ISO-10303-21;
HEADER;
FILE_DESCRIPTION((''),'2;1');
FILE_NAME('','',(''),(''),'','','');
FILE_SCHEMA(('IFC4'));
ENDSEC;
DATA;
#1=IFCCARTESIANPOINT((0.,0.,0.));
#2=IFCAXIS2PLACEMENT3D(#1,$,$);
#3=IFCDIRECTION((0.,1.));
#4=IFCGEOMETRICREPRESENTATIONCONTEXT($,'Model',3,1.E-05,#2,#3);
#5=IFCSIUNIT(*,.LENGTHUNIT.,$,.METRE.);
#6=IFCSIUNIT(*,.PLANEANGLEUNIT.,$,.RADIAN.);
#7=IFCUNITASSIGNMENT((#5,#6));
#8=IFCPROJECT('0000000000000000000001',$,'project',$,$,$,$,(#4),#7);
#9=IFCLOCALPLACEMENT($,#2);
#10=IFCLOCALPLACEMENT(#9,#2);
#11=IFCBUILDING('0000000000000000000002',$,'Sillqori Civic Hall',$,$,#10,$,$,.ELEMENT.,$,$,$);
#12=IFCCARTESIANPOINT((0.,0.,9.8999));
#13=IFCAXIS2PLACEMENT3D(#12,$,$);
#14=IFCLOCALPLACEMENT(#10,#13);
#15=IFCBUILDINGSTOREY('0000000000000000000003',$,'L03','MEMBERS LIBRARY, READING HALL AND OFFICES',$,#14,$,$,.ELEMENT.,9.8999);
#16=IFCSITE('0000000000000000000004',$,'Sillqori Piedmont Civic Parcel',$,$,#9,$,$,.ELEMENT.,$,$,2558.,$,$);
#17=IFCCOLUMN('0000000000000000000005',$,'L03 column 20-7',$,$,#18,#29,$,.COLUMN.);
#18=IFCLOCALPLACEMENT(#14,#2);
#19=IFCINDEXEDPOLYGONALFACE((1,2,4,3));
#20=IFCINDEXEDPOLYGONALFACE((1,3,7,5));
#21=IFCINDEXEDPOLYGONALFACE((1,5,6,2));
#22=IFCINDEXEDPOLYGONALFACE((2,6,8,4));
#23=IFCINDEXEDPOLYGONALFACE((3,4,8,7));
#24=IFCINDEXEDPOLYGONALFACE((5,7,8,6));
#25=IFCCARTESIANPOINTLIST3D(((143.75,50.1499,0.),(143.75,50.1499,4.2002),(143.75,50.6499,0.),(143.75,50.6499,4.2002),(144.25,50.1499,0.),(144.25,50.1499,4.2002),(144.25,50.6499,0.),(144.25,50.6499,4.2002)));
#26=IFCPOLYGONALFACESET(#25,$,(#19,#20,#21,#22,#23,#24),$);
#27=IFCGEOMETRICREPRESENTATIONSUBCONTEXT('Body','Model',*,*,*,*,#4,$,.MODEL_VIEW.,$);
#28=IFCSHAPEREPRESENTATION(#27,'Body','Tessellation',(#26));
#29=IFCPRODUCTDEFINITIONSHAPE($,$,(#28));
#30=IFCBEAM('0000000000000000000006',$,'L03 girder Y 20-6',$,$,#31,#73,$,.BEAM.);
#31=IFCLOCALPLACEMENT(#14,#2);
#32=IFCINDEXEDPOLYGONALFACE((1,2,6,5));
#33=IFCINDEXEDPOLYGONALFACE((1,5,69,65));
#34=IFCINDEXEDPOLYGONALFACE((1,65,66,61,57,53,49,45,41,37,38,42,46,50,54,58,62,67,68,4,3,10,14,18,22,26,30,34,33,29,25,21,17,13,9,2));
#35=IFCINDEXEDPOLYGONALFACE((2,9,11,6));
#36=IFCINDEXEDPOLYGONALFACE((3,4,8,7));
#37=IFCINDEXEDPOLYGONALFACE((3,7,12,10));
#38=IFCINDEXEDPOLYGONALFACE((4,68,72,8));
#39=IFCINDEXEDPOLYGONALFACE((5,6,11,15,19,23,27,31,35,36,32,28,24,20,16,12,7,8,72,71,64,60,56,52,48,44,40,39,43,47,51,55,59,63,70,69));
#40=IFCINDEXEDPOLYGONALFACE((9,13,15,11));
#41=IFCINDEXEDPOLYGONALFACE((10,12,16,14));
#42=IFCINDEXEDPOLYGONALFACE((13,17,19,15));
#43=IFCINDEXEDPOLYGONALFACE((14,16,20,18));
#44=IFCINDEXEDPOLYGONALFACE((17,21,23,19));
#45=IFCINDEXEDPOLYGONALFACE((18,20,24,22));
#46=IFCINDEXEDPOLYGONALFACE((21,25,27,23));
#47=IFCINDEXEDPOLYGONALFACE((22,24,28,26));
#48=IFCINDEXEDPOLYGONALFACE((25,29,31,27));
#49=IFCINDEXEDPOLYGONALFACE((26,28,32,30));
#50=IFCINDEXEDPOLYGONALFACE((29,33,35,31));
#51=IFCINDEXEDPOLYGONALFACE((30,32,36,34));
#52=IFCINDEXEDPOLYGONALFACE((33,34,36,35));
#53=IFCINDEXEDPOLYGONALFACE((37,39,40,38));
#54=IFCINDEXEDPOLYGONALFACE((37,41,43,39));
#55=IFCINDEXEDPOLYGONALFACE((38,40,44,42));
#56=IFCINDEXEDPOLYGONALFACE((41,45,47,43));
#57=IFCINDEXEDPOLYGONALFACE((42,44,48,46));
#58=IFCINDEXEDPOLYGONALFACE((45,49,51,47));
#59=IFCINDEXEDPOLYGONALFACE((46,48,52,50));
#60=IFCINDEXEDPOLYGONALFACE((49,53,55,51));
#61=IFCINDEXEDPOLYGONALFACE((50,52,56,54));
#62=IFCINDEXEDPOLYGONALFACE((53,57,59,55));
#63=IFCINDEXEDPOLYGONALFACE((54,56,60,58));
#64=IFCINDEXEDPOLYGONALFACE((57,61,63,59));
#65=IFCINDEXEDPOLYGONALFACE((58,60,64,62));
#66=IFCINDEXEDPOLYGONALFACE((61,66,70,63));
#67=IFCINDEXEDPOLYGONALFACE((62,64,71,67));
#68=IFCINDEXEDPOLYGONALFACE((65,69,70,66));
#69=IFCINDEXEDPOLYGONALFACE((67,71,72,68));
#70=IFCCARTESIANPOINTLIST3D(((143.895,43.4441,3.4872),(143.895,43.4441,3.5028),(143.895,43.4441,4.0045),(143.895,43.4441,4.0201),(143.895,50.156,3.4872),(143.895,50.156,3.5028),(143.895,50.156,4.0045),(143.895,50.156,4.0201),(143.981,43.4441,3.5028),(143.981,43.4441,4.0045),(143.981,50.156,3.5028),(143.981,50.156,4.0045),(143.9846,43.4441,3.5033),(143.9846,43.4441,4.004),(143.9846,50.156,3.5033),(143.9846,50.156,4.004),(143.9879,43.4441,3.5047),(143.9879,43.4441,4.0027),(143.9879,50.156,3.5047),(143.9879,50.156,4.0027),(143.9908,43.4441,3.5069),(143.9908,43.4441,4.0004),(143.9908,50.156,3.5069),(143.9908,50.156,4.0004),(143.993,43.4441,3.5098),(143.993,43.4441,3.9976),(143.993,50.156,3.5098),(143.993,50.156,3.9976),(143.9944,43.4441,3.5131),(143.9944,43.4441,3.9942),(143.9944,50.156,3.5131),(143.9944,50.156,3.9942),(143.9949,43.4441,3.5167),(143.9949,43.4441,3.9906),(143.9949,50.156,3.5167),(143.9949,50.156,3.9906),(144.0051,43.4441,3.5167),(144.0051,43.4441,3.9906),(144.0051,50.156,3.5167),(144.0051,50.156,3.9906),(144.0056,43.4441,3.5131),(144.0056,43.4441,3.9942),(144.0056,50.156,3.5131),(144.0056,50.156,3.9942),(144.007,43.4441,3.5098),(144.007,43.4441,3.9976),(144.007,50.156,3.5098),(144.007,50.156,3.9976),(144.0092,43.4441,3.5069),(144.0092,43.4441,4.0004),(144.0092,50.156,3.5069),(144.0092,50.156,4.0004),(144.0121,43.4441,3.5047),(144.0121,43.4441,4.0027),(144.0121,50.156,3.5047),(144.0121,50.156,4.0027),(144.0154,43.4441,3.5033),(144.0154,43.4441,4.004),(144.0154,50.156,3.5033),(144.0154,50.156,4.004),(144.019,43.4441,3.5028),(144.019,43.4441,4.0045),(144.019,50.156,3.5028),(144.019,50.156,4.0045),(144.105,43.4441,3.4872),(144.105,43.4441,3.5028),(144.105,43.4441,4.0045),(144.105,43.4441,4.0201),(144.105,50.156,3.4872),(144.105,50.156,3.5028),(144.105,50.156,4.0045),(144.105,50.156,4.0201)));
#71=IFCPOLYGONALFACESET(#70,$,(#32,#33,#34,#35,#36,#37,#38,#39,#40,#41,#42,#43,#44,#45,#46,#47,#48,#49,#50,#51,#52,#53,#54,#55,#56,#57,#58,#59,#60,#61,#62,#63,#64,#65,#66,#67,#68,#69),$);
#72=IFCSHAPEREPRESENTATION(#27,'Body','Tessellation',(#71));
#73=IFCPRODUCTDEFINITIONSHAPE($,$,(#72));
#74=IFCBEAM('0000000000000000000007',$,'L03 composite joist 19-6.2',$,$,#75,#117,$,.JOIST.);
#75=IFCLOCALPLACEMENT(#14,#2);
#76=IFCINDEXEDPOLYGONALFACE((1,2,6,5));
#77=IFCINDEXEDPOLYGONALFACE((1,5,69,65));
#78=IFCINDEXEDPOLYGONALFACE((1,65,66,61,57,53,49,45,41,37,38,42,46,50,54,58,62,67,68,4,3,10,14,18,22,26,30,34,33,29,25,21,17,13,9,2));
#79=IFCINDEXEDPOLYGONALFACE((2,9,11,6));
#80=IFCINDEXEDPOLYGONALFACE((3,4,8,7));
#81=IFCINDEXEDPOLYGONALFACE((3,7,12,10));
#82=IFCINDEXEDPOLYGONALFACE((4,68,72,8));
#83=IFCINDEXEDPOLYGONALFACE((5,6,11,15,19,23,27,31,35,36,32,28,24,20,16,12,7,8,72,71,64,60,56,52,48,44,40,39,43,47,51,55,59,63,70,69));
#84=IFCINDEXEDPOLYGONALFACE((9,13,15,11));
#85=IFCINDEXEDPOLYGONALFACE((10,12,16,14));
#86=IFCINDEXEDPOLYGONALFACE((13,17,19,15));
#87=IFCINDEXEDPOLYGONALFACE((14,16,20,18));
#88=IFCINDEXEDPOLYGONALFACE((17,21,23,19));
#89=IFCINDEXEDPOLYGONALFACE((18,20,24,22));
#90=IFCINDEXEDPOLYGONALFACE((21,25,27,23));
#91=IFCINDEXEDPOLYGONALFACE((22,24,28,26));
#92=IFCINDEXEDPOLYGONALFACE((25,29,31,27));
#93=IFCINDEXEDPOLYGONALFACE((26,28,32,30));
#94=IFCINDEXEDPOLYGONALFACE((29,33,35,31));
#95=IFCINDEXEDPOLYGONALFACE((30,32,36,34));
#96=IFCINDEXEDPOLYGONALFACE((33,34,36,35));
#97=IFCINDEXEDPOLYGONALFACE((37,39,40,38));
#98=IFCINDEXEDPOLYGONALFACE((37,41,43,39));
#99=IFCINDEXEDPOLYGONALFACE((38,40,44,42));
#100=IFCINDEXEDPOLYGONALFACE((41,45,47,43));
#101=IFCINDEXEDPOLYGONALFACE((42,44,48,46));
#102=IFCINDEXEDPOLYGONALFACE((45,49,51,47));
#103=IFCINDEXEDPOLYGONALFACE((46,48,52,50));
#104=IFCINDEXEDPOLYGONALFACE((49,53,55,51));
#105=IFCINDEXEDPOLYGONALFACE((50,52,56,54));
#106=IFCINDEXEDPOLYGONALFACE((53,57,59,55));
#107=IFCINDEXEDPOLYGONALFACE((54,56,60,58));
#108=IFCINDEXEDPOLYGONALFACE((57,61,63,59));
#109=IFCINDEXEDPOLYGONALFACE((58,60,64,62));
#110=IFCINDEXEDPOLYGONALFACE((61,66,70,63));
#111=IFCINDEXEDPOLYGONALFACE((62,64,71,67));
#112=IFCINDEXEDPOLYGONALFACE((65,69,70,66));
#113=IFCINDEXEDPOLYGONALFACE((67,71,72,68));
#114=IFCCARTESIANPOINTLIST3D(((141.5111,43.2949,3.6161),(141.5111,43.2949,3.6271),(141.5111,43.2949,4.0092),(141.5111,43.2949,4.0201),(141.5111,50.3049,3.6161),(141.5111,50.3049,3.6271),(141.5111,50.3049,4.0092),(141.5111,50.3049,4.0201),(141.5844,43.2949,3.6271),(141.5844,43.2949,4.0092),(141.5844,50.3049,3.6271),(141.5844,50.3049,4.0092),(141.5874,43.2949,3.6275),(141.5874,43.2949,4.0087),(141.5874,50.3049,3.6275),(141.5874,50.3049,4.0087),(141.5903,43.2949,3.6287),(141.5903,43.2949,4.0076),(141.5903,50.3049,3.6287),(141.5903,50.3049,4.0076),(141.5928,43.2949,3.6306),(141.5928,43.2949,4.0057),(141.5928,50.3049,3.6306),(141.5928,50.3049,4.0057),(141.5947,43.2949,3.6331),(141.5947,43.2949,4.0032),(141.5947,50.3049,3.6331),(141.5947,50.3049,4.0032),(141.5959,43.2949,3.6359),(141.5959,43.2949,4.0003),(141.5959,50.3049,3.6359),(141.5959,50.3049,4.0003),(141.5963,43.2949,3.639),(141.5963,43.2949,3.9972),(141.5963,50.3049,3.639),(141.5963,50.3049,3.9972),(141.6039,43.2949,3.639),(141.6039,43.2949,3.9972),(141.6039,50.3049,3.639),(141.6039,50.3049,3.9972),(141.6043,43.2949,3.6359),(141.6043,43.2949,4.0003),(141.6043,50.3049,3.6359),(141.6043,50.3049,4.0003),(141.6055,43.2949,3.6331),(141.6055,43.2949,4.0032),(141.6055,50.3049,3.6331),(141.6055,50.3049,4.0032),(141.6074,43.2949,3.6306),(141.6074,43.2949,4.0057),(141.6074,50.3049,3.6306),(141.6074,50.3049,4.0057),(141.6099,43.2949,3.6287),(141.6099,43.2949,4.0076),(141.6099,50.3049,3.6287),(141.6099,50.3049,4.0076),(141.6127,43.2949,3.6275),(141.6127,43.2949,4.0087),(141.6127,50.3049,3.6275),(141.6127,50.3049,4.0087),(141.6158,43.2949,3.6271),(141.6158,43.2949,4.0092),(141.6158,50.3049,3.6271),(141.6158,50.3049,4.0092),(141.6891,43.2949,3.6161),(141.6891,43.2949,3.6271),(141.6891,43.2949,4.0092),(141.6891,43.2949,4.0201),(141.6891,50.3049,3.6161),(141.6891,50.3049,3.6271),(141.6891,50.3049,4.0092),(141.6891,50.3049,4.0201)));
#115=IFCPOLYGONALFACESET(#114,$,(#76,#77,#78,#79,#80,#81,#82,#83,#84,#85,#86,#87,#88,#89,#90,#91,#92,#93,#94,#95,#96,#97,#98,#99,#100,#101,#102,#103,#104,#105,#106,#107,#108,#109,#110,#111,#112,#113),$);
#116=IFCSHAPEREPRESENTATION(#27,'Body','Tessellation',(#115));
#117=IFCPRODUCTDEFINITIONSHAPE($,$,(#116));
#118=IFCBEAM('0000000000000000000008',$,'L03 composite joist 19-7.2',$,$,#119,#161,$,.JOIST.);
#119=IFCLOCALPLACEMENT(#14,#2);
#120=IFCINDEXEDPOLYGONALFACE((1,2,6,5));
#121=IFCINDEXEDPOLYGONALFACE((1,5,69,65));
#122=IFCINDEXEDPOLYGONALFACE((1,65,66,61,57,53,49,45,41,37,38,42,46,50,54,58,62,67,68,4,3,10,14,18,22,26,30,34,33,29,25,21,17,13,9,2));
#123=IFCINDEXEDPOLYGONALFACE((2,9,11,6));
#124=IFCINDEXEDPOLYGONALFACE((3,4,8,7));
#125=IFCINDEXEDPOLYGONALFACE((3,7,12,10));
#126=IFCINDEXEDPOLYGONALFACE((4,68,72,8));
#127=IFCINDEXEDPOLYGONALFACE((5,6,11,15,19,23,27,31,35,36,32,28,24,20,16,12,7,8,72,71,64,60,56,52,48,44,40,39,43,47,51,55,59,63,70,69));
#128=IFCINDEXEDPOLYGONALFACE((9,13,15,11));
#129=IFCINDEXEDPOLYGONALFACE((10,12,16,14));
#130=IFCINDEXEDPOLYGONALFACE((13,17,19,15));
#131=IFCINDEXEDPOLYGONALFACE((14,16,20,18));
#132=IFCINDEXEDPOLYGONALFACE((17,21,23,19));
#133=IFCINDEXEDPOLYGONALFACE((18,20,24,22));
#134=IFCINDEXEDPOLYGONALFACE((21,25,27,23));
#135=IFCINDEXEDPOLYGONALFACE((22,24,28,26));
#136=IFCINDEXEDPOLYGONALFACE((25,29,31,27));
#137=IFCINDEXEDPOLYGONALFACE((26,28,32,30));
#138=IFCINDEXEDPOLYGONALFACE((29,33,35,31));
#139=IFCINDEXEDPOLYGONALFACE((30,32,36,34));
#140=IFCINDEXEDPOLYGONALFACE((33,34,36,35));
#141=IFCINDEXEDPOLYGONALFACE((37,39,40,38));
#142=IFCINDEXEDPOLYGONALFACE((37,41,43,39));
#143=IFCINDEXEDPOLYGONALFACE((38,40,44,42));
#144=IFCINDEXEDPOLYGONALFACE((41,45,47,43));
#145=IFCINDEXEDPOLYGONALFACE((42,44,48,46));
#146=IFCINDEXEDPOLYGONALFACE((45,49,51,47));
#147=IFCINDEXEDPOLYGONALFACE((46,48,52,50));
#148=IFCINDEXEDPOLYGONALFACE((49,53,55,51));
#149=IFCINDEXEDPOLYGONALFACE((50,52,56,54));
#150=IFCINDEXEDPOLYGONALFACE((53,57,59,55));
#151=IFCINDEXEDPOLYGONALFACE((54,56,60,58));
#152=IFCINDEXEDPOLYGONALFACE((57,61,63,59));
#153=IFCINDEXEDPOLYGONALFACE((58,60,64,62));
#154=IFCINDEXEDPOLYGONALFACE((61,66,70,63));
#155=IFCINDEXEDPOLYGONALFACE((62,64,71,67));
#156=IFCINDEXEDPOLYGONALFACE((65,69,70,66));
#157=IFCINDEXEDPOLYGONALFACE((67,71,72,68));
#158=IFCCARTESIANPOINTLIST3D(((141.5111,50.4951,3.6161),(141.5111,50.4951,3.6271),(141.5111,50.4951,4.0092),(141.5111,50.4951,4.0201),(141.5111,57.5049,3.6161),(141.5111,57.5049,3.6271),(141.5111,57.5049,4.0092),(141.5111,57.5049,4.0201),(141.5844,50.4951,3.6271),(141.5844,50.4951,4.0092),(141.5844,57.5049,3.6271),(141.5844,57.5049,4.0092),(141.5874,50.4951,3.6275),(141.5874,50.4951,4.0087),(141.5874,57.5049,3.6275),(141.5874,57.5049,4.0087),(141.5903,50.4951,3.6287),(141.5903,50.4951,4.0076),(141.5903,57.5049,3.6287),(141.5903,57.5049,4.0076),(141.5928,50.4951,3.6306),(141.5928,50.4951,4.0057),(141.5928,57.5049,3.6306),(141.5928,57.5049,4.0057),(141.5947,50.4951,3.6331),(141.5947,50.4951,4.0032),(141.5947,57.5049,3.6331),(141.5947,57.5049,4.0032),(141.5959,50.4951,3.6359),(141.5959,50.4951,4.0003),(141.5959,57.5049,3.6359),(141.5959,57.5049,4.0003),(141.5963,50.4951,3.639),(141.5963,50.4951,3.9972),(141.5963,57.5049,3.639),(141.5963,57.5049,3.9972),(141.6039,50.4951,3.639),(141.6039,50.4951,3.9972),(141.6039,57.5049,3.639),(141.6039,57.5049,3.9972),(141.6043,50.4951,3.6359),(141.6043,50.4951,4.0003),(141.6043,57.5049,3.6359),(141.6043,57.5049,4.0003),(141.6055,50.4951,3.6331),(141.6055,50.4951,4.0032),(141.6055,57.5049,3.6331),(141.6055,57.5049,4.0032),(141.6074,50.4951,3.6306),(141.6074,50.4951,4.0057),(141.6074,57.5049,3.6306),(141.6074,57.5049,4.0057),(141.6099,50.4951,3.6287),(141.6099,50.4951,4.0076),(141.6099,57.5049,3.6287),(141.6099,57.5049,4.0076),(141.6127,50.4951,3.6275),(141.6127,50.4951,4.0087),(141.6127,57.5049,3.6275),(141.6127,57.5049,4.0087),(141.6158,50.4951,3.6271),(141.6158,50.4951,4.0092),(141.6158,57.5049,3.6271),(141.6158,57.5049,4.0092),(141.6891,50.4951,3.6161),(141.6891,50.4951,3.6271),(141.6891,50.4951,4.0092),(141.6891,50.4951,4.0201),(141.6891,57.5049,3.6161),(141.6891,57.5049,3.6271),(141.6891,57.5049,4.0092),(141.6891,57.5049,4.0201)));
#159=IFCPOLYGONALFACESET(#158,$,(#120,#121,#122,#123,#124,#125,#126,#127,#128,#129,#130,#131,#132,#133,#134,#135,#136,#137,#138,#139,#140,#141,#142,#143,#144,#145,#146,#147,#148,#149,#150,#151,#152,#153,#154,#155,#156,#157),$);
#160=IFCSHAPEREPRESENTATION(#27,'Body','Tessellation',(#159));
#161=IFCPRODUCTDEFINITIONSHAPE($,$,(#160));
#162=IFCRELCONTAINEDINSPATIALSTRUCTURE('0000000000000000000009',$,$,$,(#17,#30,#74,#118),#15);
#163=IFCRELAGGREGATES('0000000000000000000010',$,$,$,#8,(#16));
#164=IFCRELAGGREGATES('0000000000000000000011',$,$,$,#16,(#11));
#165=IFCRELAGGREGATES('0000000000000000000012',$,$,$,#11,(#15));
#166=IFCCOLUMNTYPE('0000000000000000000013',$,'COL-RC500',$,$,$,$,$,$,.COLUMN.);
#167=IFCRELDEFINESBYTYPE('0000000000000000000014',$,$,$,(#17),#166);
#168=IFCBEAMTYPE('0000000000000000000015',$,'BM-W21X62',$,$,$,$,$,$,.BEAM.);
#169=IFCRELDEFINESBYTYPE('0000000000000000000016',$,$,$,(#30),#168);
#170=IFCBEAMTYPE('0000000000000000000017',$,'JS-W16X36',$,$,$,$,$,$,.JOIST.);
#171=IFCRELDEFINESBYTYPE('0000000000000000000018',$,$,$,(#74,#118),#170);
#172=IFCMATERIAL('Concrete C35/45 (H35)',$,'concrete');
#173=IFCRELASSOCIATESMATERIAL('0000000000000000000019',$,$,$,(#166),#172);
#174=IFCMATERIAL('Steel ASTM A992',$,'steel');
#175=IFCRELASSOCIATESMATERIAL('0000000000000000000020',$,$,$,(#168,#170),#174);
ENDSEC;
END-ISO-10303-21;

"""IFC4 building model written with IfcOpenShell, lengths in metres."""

from ifc_helpers import new_model, si_unit, direction, frame, origin, origin_2d, place, context, subcontext, project, spatial, rectangle, i_section, extrude, material, material_profile, profile_set, type_object, element, save


model = new_model("IFC4")

# Units and contexts
model_context = context("Model", 3, precision=1e-05, world=origin(), true_north=direction((0.0, 1.0)))
body_context = subcontext(model_context, "Body", "Model", "MODEL_VIEW")
ifc_project = project(units=[si_unit("LENGTHUNIT", "METRE"), si_unit("PLANEANGLEUNIT", "RADIAN")], contexts=[model_context])

# Site, building, storey
site_placement = place(None, origin())
site = spatial("IfcSite", under=ifc_project, at=site_placement, Name="Sillqori Piedmont Civic Parcel", CompositionType="ELEMENT", RefElevation=2558.0)
building_placement = place(site_placement, origin())
building = spatial("IfcBuilding", under=site, at=building_placement, Name="Sillqori Civic Hall", CompositionType="ELEMENT")
storey_placement = place(building_placement, frame((0.0, 0.0, 9.8999)))
storey = spatial("IfcBuildingStorey", under=building, at=storey_placement, Name="L03", Description="MEMBERS LIBRARY, READING HALL AND OFFICES", CompositionType="ELEMENT", Elevation=9.8999)

# Column
ifc_material_1 = material(Name="Concrete C35/45 (H35)", Category="concrete")
ifc_material_profile_1 = material_profile(ifc_material_1, rectangle(XDim=0.5, YDim=0.5, at=origin_2d()), Name="RC 500x500")
ifc_profile_set_1 = profile_set([ifc_material_profile_1], Name="Concrete C35/45 (H35)")
column_type = type_object("IfcColumnType", Name="COL-RC500", PredefinedType="COLUMN", material=ifc_profile_set_1)
column_placement = place(storey_placement, frame((144.0, 50.3999, 0.0), z_axis=(0.0, 0.0, 1.0), x_axis=(1.0, 0.0, 0.0)))
element("IfcColumn", 1, at=column_placement, inside=storey, type_object=column_type, Name="L03 column 20-7", PredefinedType="COLUMN", context=body_context, shape_type="SweptSolid", body=[
    extrude(rectangle(XDim=0.5, YDim=0.5, at=origin_2d()), origin(), (0.0, 0.0, 1.0), 4.2002),
])

# Beam
ifc_material_2 = material(Name="Steel ASTM A992", Category="steel")
ifc_material_profile_2 = material_profile(ifc_material_2, i_section(OverallWidth=0.21, OverallDepth=0.533, WebThickness=0.0103, FlangeThickness=0.0156, FilletRadius=0.0139, at=origin_2d()), Name="W21X62")
ifc_profile_set_2 = profile_set([ifc_material_profile_2], Name="Steel ASTM A992")
beam_type_1 = type_object("IfcBeamType", Name="BM-W21X62", PredefinedType="BEAM", material=ifc_profile_set_2)
beam_1_placement = place(storey_placement, frame((144.0, 43.4441, 3.7537), z_axis=(0.0, 1.0, 0.0), x_axis=(-1.0, 0.0, 0.0)))
element("IfcBeam", 2, at=beam_1_placement, inside=storey, type_object=beam_type_1, Name="L03 girder Y 20-6", PredefinedType="BEAM", context=body_context, shape_type="SweptSolid", body=[
    extrude(i_section(OverallWidth=0.21, OverallDepth=0.533, WebThickness=0.0103, FlangeThickness=0.0156, FilletRadius=0.0139, at=origin_2d()), origin(), (0.0, 0.0, 1.0), 6.7119),
])

# Beams
ifc_material_profile_3 = material_profile(ifc_material_2, i_section(OverallWidth=0.178, OverallDepth=0.4041, WebThickness=0.0076, FlangeThickness=0.011, FilletRadius=0.012, at=origin_2d()), Name="W16X36")
ifc_profile_set_3 = profile_set([ifc_material_profile_3], Name="Steel ASTM A992")
beam_type_2 = type_object("IfcBeamType", Name="JS-W16X36", PredefinedType="JOIST", material=ifc_profile_set_3)
beam_2_placement = place(storey_placement, frame((141.6001, 43.2949, 3.8181), z_axis=(0.0, 1.0, 0.0), x_axis=(-1.0, 0.0, 0.0)))
element("IfcBeam", 3, at=beam_2_placement, inside=storey, type_object=beam_type_2, Name="L03 composite joist 19-6.2", PredefinedType="JOIST", context=body_context, shape_type="SweptSolid", body=[
    extrude(i_section(OverallWidth=0.178, OverallDepth=0.4041, WebThickness=0.0076, FlangeThickness=0.011, FilletRadius=0.012, at=origin_2d()), origin(), (0.0, 0.0, 1.0), 7.01),
])
beam_3_placement = place(storey_placement, frame((141.6001, 50.4951, 3.8181), z_axis=(0.0, 1.0, 0.0), x_axis=(-1.0, 0.0, 0.0)))
element("IfcBeam", 4, at=beam_3_placement, inside=storey, type_object=beam_type_2, Name="L03 composite joist 19-7.2", PredefinedType="JOIST", context=body_context, shape_type="SweptSolid", body=[
    extrude(i_section(OverallWidth=0.178, OverallDepth=0.4041, WebThickness=0.0076, FlangeThickness=0.011, FilletRadius=0.012, at=origin_2d()), origin(), (0.0, 0.0, 1.0), 7.0098),
])

save(model, "model.ifc")
